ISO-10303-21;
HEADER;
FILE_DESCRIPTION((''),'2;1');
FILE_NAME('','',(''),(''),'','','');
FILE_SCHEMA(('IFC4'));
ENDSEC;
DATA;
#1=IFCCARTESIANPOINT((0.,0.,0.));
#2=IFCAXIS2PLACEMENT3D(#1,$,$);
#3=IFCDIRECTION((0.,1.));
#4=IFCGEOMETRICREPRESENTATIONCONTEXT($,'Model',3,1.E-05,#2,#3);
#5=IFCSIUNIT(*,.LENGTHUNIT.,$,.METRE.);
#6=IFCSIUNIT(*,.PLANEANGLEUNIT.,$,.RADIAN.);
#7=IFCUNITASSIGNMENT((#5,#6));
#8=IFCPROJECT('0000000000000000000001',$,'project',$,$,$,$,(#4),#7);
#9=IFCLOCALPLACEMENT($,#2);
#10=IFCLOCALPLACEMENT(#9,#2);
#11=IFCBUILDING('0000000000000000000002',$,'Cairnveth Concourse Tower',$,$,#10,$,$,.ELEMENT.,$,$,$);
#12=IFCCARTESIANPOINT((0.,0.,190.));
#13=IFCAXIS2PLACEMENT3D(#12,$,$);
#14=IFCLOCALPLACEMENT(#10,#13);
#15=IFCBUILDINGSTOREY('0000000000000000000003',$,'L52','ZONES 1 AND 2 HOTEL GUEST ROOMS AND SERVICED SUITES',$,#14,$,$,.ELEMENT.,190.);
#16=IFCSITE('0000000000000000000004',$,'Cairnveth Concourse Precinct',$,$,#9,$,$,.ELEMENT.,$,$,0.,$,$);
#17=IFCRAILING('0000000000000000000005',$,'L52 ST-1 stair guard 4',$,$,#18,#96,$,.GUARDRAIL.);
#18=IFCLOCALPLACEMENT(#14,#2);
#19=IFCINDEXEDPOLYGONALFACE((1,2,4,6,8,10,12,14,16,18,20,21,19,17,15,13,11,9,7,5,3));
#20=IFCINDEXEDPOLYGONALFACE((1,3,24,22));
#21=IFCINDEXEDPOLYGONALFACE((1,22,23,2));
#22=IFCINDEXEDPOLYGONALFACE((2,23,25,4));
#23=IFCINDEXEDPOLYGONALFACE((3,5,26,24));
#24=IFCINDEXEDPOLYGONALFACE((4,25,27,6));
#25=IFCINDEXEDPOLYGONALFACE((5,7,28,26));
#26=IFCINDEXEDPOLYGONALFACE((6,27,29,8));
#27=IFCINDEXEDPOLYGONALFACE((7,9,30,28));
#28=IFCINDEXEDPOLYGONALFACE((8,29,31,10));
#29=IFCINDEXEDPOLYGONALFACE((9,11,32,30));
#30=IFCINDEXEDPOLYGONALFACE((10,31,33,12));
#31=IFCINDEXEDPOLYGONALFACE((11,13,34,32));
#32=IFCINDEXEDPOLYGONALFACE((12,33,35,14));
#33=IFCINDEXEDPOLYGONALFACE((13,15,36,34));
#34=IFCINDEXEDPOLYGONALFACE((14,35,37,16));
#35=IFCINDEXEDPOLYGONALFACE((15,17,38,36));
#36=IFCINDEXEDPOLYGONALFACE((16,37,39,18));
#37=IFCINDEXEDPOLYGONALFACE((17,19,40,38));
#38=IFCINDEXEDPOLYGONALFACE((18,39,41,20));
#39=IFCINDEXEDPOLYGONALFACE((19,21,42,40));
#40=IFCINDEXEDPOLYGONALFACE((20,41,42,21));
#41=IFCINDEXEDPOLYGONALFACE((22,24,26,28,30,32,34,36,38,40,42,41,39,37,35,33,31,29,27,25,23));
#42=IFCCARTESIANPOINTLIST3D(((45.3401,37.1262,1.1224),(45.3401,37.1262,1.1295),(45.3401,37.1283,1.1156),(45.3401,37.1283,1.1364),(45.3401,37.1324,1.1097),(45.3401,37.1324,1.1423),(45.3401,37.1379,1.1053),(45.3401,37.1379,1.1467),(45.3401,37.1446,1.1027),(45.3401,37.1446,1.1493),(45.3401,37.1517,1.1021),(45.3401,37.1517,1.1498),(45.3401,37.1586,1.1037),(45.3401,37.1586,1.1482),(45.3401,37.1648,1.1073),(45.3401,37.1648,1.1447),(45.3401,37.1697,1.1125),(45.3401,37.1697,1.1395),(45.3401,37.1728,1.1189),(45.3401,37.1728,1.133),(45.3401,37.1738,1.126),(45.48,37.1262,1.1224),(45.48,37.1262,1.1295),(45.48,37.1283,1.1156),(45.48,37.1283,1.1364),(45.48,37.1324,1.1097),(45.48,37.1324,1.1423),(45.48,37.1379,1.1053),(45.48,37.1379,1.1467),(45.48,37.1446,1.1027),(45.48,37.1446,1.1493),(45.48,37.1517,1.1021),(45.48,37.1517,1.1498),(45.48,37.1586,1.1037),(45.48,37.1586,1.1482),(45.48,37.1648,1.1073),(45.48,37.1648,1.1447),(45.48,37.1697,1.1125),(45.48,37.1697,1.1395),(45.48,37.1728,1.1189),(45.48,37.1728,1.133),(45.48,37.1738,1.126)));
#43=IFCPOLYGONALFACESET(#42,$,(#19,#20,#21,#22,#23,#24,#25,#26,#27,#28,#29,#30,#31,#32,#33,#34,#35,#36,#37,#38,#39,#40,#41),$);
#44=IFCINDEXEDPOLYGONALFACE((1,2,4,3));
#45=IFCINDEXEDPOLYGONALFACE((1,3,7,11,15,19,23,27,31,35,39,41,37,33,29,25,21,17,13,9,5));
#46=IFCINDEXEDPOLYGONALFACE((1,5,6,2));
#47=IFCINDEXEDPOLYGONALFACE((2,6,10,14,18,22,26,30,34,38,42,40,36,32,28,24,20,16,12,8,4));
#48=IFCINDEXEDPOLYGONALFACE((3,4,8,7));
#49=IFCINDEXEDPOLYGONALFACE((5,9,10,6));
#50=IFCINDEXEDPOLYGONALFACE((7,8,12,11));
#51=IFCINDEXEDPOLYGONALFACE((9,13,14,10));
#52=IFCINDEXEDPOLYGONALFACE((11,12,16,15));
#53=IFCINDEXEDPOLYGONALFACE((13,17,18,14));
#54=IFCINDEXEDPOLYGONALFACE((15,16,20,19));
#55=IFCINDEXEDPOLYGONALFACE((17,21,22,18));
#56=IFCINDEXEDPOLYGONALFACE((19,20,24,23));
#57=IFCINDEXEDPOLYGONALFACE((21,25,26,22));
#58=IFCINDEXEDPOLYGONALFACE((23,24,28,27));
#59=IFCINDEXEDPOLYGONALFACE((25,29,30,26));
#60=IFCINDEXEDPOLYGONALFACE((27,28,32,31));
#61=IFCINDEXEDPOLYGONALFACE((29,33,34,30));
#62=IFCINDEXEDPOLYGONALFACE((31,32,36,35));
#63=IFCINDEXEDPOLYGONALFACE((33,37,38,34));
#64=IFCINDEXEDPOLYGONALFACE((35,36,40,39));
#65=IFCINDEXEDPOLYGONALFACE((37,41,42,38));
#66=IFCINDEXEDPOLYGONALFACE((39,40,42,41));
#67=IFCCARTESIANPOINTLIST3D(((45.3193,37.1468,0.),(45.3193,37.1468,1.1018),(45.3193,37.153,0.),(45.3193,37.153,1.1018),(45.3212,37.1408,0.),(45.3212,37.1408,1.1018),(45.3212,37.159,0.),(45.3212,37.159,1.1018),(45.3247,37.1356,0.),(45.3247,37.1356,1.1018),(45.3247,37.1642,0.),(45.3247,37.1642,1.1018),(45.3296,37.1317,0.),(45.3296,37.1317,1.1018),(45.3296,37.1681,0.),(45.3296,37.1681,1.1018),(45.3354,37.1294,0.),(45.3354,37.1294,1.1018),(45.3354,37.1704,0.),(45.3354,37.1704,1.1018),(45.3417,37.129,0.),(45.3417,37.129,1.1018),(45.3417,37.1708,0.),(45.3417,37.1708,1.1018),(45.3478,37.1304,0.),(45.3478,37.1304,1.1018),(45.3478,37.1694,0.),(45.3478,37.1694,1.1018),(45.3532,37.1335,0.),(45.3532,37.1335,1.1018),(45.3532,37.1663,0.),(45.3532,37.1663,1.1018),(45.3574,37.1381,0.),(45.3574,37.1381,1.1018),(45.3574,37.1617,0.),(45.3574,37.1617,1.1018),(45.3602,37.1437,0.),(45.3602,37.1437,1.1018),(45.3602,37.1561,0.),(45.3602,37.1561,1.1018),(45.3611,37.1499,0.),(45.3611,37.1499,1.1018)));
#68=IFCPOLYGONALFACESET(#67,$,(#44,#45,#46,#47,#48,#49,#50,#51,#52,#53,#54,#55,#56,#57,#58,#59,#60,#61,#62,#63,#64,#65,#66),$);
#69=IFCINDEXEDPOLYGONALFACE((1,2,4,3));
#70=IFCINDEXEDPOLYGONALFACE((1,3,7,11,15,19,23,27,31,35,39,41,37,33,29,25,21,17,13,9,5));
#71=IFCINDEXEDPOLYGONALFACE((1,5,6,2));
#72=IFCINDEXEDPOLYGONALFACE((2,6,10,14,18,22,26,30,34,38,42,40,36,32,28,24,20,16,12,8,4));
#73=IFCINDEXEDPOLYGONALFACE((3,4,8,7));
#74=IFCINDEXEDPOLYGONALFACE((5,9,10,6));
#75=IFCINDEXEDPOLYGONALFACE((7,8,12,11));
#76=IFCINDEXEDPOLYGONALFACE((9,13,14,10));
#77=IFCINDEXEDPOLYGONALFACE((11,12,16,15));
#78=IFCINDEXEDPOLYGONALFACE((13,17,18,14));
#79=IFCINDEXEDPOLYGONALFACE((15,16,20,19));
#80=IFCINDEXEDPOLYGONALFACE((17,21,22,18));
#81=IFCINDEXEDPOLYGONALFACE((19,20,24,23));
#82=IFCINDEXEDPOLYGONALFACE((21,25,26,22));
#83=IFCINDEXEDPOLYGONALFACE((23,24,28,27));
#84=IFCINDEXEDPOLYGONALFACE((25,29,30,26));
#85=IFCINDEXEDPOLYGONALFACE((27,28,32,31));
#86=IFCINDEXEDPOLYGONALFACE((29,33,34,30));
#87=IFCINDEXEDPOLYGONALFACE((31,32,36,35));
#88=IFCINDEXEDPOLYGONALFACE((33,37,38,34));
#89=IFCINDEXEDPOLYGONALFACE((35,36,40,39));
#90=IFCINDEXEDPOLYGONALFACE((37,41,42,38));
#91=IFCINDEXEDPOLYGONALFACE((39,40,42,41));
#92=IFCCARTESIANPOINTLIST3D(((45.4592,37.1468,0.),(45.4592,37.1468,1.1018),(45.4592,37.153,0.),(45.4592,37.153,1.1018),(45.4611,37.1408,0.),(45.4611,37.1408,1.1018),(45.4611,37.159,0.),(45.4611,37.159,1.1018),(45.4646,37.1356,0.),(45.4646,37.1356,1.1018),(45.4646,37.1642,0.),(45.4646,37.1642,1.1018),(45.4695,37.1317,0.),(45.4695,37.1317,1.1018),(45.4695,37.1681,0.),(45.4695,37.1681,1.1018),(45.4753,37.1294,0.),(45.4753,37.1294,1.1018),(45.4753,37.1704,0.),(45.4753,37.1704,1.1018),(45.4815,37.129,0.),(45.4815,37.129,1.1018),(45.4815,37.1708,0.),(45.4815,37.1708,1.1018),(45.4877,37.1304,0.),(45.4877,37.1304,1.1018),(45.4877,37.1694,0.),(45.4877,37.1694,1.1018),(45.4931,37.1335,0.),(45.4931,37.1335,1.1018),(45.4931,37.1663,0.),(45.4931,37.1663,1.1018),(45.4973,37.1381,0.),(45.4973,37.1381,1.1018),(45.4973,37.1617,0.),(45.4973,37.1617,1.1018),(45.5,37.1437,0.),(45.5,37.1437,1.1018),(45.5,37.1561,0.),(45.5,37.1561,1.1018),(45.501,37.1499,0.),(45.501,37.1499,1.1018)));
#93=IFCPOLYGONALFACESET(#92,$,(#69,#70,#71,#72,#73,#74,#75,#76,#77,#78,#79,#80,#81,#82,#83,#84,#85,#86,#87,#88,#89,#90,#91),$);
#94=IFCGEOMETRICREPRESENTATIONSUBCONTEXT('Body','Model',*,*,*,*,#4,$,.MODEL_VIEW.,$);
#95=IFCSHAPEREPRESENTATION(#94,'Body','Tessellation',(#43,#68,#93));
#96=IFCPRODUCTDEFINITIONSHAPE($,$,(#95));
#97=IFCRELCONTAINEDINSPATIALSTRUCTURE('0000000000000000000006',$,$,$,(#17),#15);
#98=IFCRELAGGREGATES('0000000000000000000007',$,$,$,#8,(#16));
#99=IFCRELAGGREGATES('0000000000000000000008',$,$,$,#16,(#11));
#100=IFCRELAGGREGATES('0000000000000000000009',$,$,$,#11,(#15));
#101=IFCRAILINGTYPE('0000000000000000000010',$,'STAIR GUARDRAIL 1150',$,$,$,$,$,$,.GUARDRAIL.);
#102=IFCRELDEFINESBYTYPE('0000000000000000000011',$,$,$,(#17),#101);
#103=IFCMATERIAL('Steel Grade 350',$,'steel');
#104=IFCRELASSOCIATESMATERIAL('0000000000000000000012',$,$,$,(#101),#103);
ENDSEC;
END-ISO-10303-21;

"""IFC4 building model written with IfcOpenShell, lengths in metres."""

from ifc_helpers import new_model, si_unit, direction, frame, origin, origin_2d, place, context, subcontext, project, spatial, circle, extrude, material, type_object, element, save


model = new_model("IFC4")

# Units and contexts
model_context = context("Model", 3, precision=1e-05, world=origin(), true_north=direction((0.0, 1.0)))
body_context = subcontext(model_context, "Body", "Model", "MODEL_VIEW")
ifc_project = project(units=[si_unit("LENGTHUNIT", "METRE"), si_unit("PLANEANGLEUNIT", "RADIAN")], contexts=[model_context])

# Site, building, storey
site_placement = place(None, origin())
site = spatial("IfcSite", under=ifc_project, at=site_placement, Name="Cairnveth Concourse Precinct", CompositionType="ELEMENT", RefElevation=0.0)
building_placement = place(site_placement, origin())
building = spatial("IfcBuilding", under=site, at=building_placement, Name="Cairnveth Concourse Tower", CompositionType="ELEMENT")
storey_placement = place(building_placement, frame((0.0, 0.0, 190.0)))
storey = spatial("IfcBuildingStorey", under=building, at=storey_placement, Name="L52", Description="ZONES 1 AND 2 HOTEL GUEST ROOMS AND SERVICED SUITES", CompositionType="ELEMENT", Elevation=190.0)

# Shared definitions
ifc_material_1 = material(Name="Steel Grade 350", Category="steel")

# Railing
railing_type_1 = type_object("IfcRailingType", Name="STAIR GUARDRAIL 1150", PredefinedType="GUARDRAIL", material=ifc_material_1)
railing_1_placement = place(storey_placement, frame((45.3401, 37.1499, 0.0)))
element("IfcRailing", 1, at=railing_1_placement, inside=storey, type_object=railing_type_1, Name="L52 ST-1 stair guard 4", PredefinedType="GUARDRAIL", context=body_context, shape_type="SweptSolid", body=[
    extrude(circle(Radius=0.0239, at=origin_2d()), frame((0.0, 0.0, 1.126), z_axis=(1.0, 0.0, 0.0), x_axis=(0.0, 1.0, 0.0)), (0.0, 0.0, 1.0), 0.1399),
    extrude(circle(Radius=0.021, at=origin_2d()), origin(), (0.0, 0.0, 1.0), 1.1018),
    extrude(circle(Radius=0.021, at=origin_2d()), frame((0.1399, 0.0, 0.0)), (0.0, 0.0, 1.0), 1.1018),
])

save(model, "model.ifc")
